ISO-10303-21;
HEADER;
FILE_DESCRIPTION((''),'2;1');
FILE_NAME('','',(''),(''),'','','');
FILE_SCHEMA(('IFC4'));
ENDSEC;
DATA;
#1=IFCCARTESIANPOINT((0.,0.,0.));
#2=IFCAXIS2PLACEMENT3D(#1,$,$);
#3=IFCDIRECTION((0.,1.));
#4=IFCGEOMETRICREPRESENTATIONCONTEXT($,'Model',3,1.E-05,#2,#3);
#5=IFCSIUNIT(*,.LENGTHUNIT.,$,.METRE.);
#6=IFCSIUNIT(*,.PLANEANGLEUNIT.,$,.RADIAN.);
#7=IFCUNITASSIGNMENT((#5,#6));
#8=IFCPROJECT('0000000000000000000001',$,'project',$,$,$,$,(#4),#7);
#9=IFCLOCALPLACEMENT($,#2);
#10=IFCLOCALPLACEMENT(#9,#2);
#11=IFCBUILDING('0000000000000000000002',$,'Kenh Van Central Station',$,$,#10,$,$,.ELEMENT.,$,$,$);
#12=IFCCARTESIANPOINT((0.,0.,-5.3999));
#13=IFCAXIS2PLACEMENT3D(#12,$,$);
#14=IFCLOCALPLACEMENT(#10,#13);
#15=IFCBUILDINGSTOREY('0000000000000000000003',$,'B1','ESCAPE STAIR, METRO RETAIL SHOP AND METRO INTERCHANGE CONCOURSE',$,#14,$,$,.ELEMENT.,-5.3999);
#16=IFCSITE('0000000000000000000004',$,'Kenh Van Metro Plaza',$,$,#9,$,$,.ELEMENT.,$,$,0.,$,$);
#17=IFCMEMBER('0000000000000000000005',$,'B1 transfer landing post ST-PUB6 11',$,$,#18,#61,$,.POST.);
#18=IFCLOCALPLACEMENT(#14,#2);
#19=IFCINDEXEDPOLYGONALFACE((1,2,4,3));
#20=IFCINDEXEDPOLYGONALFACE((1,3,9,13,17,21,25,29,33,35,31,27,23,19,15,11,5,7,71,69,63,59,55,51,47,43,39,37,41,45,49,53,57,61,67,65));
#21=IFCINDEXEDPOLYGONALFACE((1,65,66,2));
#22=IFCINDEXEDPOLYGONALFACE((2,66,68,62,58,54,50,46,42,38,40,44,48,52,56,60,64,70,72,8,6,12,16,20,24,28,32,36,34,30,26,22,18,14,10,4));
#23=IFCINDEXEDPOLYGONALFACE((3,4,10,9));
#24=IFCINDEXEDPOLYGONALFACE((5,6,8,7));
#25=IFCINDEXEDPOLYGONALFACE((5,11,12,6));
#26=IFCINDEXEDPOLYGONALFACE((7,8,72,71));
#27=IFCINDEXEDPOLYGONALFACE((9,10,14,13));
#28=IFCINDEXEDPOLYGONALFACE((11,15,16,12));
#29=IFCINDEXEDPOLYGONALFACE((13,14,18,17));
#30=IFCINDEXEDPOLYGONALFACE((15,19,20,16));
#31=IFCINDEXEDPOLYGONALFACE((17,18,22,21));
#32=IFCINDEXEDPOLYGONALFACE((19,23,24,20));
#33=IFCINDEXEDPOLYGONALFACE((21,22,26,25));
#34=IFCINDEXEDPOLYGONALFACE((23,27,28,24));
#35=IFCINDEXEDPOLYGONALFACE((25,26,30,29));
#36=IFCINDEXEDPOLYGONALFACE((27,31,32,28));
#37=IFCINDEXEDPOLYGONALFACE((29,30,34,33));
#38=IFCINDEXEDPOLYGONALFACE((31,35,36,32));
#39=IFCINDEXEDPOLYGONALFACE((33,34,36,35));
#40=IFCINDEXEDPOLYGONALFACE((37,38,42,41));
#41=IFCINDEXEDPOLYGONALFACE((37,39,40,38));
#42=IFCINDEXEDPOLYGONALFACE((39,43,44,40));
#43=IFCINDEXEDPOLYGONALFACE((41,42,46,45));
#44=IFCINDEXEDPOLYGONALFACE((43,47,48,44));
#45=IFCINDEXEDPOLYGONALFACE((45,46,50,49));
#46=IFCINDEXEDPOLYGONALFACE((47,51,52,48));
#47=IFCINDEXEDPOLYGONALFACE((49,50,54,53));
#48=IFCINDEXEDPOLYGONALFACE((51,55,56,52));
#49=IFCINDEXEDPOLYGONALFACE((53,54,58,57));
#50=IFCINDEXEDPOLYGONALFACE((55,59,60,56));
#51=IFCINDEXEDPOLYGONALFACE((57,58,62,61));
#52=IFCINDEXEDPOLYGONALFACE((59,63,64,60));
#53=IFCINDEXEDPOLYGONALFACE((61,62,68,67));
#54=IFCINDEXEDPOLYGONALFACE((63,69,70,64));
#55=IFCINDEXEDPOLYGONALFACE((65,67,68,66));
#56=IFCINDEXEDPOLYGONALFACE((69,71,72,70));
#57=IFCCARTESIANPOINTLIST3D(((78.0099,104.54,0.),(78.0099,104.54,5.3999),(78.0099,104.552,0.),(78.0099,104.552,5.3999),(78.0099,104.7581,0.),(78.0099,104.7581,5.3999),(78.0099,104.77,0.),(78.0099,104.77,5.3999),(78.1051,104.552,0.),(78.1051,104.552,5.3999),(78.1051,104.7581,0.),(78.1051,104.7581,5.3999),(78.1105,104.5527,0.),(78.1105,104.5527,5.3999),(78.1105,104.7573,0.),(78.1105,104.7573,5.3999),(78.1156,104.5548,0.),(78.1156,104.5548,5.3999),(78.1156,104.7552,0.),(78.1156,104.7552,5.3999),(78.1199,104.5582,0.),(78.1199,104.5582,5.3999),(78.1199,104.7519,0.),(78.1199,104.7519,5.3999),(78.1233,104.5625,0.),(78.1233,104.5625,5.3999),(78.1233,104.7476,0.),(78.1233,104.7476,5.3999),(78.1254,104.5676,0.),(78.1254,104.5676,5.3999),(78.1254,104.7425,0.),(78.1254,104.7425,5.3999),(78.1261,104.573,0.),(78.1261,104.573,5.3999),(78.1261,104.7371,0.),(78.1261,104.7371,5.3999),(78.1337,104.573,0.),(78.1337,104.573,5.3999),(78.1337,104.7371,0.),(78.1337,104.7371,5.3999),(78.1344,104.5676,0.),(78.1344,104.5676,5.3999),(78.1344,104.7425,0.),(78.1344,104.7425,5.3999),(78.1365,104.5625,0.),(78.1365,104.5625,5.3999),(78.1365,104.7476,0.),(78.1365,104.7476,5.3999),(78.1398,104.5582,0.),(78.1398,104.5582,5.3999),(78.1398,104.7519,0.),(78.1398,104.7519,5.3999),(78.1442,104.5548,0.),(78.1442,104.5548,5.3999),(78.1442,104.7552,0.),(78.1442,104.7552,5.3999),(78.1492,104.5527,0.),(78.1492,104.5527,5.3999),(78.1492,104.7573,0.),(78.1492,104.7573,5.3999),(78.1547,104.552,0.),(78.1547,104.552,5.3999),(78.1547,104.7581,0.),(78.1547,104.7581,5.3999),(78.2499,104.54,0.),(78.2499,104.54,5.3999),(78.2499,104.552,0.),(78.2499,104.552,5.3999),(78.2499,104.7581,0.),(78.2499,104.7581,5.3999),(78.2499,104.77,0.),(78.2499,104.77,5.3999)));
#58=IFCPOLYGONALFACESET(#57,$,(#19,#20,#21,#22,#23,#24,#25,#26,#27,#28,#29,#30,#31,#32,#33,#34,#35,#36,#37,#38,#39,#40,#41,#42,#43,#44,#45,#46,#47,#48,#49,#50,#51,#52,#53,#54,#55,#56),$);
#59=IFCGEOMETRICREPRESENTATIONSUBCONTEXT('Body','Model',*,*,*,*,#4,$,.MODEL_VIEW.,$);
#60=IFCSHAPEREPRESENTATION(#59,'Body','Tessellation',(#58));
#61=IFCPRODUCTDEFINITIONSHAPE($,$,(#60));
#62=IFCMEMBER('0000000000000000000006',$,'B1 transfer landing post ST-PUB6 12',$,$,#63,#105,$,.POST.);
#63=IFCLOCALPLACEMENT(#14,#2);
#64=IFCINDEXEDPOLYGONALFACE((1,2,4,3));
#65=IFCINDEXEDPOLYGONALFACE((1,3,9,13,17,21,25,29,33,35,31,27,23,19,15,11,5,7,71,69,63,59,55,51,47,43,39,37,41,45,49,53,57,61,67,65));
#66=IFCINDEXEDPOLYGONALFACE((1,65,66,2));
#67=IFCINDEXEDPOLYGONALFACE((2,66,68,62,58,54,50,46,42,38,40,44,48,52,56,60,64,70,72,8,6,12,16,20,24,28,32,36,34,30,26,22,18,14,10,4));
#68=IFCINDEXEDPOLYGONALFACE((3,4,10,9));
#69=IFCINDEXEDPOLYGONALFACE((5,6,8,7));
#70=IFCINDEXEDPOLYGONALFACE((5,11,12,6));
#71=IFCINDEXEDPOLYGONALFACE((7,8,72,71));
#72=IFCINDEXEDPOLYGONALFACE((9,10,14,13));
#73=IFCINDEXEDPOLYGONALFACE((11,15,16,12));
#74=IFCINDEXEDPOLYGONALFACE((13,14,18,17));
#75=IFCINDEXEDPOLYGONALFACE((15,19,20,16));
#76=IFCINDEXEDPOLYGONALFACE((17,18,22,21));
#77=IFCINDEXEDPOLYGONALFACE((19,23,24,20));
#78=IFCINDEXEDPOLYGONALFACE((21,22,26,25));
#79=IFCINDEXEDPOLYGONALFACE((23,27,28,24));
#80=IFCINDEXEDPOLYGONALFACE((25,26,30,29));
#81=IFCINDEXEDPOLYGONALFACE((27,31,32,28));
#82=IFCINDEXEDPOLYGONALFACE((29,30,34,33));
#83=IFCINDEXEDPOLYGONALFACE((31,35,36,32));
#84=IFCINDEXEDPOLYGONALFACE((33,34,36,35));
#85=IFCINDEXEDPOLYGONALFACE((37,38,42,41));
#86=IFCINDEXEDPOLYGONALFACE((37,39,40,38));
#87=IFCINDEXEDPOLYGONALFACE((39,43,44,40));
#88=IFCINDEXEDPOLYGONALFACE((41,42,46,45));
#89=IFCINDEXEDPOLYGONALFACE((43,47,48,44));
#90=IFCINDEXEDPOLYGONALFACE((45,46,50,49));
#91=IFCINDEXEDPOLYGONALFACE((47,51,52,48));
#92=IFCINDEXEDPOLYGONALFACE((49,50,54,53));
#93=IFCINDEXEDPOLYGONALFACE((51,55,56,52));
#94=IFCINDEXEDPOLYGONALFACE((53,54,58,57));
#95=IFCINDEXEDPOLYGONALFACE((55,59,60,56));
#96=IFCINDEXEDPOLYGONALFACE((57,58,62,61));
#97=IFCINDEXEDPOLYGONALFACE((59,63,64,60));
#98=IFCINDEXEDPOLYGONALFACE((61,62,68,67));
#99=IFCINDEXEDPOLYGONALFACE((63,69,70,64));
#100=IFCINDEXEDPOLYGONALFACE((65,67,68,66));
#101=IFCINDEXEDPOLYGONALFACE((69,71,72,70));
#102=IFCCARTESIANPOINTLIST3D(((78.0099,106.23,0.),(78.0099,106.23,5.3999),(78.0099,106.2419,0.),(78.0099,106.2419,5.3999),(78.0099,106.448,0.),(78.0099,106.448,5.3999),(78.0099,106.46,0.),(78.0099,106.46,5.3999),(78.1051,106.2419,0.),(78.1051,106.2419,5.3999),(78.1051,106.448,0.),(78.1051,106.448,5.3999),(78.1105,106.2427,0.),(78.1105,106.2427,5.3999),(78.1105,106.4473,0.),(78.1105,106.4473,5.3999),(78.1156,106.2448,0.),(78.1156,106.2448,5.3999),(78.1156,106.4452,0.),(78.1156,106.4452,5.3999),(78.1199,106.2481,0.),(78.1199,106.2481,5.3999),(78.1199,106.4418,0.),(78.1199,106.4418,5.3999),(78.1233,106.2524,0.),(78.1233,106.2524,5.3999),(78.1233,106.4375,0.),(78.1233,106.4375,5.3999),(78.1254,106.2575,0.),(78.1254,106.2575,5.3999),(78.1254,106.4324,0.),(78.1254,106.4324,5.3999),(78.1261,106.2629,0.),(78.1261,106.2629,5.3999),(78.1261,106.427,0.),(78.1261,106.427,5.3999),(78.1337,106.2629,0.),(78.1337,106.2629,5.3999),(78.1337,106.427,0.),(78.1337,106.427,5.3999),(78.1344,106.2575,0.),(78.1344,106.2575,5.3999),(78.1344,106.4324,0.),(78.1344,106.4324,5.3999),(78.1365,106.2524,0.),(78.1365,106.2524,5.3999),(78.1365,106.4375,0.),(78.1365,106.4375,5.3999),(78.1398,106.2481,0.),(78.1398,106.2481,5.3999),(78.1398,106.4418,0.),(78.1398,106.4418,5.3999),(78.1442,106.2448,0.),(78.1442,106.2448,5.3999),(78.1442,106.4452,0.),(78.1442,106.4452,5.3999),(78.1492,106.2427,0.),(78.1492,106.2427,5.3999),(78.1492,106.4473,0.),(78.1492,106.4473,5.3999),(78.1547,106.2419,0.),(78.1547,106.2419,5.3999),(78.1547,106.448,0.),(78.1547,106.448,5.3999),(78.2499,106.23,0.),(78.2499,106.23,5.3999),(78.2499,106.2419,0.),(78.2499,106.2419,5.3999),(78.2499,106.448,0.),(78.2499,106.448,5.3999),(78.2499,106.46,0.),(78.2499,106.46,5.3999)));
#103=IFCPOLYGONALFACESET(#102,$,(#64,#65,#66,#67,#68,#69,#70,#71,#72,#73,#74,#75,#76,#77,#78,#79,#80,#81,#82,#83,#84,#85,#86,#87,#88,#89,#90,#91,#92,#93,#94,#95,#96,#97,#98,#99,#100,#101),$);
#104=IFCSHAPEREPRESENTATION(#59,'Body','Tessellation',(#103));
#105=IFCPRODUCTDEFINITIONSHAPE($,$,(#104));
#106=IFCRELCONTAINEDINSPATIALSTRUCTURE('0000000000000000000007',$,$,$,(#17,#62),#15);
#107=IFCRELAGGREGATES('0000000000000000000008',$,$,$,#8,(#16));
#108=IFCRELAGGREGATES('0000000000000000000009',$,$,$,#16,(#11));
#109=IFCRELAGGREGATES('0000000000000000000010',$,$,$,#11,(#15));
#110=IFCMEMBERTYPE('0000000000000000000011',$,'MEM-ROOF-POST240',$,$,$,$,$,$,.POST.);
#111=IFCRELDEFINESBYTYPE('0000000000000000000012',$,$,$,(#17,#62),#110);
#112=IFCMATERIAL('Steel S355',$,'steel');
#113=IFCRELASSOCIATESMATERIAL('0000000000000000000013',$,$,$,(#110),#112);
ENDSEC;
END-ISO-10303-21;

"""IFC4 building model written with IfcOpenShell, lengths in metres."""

from ifc_helpers import new_model, si_unit, direction, frame, origin, origin_2d, place, context, subcontext, project, spatial, i_section, extrude, material, material_profile, profile_set, type_object, element, save


model = new_model("IFC4")

# Units and contexts
model_context = context("Model", 3, precision=1e-05, world=origin(), true_north=direction((0.0, 1.0)))
body_context = subcontext(model_context, "Body", "Model", "MODEL_VIEW")
ifc_project = project(units=[si_unit("LENGTHUNIT", "METRE"), si_unit("PLANEANGLEUNIT", "RADIAN")], contexts=[model_context])

# Site, building, storey
site_placement = place(None, origin())
site = spatial("IfcSite", under=ifc_project, at=site_placement, Name="Kenh Van Metro Plaza", CompositionType="ELEMENT", RefElevation=0.0)
building_placement = place(site_placement, origin())
building = spatial("IfcBuilding", under=site, at=building_placement, Name="Kenh Van Central Station", CompositionType="ELEMENT")
storey_placement = place(building_placement, frame((0.0, 0.0, -5.3999)))
storey = spatial("IfcBuildingStorey", under=building, at=storey_placement, Name="B1", Description="ESCAPE STAIR, METRO RETAIL SHOP AND METRO INTERCHANGE CONCOURSE", CompositionType="ELEMENT", Elevation=-5.3999)

# Members
ifc_material_1 = material(Name="Steel S355", Category="steel")
ifc_material_profile_1 = material_profile(ifc_material_1, i_section(OverallWidth=0.24, OverallDepth=0.23, WebThickness=0.0076, FlangeThickness=0.012, FilletRadius=0.021, at=origin_2d()), Name="HEA 240")
ifc_profile_set_1 = profile_set([ifc_material_profile_1], Name="Steel S355")
member_type = type_object("IfcMemberType", Name="MEM-ROOF-POST240", PredefinedType="POST", material=ifc_profile_set_1)
for number, where, z_axis, x_axis, name in (
    (1, (78.1299, 104.655, 0.0), (0.0, 0.0, 1.0), (1.0, 0.0, 0.0), "B1 transfer landing post ST-PUB6 11"),
    (2, (78.1299, 106.345, 0.0), (0.0, 0.0, 1.0), (1.0, 0.0, 0.0), "B1 transfer landing post ST-PUB6 12"),
):
    element("IfcMember", number, at=place(storey_placement, frame(where, z_axis=z_axis, x_axis=x_axis)), inside=storey, type_object=member_type, Name=name, PredefinedType="POST", context=body_context, shape_type="SweptSolid", body=[
        extrude(i_section(OverallWidth=0.24, OverallDepth=0.23, WebThickness=0.0076, FlangeThickness=0.012, FilletRadius=0.021, at=origin_2d()), origin(), (0.0, 0.0, 1.0), 5.3999),
    ])

save(model, "model.ifc")
